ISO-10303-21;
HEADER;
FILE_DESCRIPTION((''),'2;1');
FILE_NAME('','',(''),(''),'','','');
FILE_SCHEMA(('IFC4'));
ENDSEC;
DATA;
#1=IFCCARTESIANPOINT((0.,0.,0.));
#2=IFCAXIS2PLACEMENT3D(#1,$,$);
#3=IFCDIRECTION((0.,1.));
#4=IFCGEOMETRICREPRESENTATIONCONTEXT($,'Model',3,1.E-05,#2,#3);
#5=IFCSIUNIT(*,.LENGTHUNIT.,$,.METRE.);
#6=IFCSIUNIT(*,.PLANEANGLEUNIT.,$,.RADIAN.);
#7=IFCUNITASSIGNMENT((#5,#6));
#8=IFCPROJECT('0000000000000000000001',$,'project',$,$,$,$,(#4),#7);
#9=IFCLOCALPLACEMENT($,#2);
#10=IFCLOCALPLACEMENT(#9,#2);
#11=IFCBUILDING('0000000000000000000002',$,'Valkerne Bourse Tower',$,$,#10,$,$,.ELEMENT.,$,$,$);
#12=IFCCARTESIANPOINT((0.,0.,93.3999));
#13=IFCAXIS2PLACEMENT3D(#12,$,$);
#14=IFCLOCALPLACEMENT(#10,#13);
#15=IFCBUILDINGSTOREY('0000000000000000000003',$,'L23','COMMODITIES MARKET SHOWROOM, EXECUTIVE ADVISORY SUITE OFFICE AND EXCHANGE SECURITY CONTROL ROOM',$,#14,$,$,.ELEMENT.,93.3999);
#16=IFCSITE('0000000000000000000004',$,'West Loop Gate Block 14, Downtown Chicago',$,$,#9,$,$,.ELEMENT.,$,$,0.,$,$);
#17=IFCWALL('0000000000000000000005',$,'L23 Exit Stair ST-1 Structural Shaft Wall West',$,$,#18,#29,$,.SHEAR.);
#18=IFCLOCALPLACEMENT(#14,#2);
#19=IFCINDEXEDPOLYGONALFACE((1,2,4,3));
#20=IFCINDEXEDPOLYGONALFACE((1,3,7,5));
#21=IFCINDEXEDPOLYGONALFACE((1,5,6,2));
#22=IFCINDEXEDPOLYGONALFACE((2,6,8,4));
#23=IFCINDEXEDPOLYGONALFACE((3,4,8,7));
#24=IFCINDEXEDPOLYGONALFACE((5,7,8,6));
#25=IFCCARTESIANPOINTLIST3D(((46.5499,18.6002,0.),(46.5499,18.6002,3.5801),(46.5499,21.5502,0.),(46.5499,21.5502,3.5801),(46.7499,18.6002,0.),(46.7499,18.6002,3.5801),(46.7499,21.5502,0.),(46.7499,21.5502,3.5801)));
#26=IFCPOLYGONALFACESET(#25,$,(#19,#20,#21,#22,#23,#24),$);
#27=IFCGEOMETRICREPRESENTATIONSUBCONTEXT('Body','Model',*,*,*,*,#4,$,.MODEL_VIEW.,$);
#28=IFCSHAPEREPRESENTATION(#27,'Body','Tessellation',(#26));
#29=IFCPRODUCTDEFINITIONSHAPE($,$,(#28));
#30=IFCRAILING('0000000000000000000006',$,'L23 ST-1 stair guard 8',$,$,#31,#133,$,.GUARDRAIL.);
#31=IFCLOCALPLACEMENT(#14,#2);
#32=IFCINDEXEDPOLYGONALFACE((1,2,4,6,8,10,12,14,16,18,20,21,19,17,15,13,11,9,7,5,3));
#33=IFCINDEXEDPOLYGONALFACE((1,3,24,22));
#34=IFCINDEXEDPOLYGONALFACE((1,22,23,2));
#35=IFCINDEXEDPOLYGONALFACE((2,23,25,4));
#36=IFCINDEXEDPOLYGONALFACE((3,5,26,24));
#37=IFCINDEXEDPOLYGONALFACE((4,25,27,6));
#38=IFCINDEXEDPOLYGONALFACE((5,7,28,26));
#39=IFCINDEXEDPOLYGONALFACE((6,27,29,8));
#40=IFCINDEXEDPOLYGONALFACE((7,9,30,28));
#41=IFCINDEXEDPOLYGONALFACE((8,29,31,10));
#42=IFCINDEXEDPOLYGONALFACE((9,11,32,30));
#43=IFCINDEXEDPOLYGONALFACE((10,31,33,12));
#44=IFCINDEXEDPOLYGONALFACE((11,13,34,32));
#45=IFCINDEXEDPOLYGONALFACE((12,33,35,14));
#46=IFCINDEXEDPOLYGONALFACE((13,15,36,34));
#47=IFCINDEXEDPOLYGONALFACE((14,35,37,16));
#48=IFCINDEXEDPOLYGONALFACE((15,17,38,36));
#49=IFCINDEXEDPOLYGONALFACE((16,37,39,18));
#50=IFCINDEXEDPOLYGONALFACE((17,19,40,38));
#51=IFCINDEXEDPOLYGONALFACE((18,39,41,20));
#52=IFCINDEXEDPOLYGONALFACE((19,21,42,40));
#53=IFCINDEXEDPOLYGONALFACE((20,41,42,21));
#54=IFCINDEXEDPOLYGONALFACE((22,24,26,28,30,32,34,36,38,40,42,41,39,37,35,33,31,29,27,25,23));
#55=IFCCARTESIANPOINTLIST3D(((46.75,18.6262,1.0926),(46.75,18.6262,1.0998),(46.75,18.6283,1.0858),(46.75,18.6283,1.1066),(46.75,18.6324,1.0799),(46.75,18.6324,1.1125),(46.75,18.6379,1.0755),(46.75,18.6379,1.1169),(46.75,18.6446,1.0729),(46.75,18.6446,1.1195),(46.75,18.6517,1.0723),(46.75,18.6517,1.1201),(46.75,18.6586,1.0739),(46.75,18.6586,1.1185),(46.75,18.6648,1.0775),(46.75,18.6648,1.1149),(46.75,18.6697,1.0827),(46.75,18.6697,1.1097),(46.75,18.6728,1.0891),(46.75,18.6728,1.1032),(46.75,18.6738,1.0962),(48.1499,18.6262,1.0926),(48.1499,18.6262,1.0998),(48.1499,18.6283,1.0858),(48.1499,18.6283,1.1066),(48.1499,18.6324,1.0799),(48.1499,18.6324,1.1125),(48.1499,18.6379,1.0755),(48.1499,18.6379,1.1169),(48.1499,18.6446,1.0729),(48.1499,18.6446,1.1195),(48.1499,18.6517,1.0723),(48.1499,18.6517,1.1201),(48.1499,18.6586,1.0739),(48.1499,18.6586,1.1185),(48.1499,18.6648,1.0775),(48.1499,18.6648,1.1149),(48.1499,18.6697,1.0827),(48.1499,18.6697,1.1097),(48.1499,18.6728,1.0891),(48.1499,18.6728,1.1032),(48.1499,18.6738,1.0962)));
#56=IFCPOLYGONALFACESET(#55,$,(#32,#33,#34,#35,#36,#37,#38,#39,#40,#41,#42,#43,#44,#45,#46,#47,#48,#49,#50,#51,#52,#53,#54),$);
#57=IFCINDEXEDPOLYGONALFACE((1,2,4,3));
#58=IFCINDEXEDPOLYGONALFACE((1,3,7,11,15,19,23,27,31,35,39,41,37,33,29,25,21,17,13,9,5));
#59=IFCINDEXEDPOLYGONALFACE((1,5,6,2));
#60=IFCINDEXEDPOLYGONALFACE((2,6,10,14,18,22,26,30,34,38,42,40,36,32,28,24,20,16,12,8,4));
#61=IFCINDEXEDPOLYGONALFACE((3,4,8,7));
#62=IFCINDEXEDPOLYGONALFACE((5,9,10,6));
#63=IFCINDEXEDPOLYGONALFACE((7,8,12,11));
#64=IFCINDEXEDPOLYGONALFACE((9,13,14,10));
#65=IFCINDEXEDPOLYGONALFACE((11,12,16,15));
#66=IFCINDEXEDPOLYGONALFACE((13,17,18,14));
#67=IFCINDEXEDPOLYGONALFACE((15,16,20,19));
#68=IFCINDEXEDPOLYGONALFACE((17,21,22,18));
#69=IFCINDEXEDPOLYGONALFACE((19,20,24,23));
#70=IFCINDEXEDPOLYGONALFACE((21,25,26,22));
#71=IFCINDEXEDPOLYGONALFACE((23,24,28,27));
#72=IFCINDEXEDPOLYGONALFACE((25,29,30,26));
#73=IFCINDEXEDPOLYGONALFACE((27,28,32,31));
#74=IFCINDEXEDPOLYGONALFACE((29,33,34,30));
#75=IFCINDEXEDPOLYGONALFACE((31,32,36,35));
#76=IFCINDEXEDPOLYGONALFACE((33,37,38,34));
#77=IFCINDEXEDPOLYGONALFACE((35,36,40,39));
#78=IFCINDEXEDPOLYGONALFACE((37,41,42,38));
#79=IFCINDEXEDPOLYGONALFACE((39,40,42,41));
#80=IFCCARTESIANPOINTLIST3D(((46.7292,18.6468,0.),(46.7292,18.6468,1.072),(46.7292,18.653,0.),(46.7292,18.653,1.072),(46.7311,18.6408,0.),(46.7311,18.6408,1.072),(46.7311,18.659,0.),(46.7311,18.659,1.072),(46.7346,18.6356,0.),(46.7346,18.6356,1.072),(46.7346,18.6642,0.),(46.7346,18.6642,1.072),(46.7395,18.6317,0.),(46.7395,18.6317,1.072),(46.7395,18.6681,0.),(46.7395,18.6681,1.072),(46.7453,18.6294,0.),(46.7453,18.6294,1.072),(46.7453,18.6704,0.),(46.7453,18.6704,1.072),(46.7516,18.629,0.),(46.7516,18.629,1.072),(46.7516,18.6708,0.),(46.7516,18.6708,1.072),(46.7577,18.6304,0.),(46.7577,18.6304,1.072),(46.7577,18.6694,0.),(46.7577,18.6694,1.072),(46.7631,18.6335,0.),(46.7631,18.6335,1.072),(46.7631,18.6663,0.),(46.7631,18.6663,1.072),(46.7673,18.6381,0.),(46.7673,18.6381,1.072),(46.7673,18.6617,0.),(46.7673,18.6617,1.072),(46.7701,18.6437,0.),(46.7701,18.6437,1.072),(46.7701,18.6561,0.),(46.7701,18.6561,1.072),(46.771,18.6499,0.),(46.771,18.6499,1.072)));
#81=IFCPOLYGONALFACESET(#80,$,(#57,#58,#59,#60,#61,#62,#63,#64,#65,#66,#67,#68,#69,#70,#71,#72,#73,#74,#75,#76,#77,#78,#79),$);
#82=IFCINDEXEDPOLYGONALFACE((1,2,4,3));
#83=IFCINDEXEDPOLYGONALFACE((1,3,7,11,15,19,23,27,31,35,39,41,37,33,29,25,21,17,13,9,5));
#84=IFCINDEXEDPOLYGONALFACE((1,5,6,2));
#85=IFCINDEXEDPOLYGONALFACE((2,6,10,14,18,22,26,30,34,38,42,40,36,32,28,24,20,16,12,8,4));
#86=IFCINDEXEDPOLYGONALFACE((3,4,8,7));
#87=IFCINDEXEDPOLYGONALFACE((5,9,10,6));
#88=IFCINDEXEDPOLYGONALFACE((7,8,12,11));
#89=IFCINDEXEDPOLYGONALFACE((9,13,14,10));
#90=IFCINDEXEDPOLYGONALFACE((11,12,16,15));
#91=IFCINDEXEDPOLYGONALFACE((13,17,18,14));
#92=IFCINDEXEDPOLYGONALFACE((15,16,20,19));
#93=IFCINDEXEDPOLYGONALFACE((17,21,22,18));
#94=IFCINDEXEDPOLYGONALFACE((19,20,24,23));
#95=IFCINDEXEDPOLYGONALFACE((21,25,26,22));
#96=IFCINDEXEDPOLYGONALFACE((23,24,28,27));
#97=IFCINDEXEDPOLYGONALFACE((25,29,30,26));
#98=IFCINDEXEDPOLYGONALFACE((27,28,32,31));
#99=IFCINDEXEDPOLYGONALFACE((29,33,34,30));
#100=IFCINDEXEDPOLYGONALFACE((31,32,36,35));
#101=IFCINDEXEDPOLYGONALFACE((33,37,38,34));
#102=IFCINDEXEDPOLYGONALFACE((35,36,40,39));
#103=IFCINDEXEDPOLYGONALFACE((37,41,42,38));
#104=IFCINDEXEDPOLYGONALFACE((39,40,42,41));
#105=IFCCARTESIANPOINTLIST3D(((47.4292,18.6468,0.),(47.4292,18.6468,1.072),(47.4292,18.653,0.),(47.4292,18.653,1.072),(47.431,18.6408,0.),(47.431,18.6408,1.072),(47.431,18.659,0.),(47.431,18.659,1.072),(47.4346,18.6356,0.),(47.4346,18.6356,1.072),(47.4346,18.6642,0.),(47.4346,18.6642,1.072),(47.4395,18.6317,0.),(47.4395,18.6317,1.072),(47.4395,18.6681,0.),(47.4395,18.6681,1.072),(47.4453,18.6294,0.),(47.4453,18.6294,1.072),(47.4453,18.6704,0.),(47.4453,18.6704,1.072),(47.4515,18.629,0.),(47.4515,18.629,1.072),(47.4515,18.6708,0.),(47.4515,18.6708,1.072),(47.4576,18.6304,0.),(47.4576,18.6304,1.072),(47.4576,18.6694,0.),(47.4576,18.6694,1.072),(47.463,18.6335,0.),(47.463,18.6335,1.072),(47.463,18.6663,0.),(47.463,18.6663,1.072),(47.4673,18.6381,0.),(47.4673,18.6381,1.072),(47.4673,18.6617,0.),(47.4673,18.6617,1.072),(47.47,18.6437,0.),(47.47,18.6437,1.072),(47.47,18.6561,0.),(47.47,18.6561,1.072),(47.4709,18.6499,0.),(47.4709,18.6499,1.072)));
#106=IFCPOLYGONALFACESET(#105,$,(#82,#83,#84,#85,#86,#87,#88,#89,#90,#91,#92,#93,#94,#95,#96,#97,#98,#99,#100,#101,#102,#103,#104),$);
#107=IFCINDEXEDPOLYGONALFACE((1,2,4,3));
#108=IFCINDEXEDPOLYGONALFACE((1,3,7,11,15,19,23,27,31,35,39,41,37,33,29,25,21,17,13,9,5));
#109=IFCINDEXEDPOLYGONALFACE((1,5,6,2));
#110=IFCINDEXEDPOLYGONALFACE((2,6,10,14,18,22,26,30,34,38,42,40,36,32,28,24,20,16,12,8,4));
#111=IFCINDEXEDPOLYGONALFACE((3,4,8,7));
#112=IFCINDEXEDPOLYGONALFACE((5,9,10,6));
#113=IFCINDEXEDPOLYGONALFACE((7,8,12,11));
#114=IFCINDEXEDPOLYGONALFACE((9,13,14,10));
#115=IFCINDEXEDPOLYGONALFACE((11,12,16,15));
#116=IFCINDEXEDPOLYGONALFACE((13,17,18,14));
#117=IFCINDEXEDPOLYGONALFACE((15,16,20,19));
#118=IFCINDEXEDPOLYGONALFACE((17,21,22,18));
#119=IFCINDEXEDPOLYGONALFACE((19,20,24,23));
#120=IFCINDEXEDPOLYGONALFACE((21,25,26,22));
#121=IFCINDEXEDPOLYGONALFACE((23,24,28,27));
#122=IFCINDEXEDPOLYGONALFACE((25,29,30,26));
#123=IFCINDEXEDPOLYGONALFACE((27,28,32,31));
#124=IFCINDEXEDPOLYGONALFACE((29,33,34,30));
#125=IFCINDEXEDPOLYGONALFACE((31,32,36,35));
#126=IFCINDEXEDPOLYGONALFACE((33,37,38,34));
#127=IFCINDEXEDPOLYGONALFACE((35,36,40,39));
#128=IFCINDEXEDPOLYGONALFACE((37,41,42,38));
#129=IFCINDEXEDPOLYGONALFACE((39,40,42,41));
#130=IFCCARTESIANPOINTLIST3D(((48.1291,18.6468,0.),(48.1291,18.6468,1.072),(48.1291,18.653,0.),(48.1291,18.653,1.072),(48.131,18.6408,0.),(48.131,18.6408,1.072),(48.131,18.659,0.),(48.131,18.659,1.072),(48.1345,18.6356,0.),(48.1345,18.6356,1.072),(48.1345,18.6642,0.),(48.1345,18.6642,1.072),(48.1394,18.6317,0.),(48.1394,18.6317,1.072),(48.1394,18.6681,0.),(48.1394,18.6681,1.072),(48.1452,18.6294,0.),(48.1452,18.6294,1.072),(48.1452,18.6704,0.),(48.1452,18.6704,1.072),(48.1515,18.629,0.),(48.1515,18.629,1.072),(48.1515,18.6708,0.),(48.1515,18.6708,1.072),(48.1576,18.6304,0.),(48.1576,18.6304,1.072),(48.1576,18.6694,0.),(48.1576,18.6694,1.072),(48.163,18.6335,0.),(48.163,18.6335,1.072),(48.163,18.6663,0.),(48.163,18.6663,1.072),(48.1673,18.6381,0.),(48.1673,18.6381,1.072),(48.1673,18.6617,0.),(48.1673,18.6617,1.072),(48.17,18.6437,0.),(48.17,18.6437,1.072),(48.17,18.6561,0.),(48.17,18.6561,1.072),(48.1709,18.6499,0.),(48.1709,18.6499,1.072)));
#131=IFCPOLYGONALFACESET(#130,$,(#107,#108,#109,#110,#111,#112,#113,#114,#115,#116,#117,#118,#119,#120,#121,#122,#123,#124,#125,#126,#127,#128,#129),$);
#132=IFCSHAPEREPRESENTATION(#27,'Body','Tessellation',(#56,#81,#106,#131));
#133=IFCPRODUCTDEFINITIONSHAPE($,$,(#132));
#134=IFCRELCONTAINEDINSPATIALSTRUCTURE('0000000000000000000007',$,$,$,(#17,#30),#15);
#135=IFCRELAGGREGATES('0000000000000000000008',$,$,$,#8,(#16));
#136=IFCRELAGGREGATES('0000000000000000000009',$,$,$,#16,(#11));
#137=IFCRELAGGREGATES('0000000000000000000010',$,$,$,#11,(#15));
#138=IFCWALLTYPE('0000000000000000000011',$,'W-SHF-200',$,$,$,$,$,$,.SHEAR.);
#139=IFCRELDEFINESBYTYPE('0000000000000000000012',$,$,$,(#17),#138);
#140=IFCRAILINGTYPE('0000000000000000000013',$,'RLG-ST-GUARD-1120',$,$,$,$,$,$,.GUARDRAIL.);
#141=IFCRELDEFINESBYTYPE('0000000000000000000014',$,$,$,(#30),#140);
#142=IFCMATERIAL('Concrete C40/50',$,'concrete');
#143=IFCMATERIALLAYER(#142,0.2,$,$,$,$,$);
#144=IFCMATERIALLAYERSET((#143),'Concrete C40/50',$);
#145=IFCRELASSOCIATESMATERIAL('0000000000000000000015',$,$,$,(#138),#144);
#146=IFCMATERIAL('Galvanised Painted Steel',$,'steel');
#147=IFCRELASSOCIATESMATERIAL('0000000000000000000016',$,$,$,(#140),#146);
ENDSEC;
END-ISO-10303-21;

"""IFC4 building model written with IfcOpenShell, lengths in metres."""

from ifc_helpers import new_model, si_unit, direction, frame, frame_2d, origin, origin_2d, place, context, subcontext, project, spatial, rectangle, circle, extrude, material, layer, layer_set, type_object, element, save


model = new_model("IFC4")

# Units and contexts
model_context = context("Model", 3, precision=1e-05, world=origin(), true_north=direction((0.0, 1.0)))
body_context = subcontext(model_context, "Body", "Model", "MODEL_VIEW")
ifc_project = project(units=[si_unit("LENGTHUNIT", "METRE"), si_unit("PLANEANGLEUNIT", "RADIAN")], contexts=[model_context])

# Site, building, storey
site_placement = place(None, origin())
site = spatial("IfcSite", under=ifc_project, at=site_placement, Name="West Loop Gate Block 14, Downtown Chicago", CompositionType="ELEMENT", RefElevation=0.0)
building_placement = place(site_placement, origin())
building = spatial("IfcBuilding", under=site, at=building_placement, Name="Valkerne Bourse Tower", CompositionType="ELEMENT")
storey_placement = place(building_placement, frame((0.0, 0.0, 93.3999)))
storey = spatial("IfcBuildingStorey", under=building, at=storey_placement, Name="L23", Description="COMMODITIES MARKET SHOWROOM, EXECUTIVE ADVISORY SUITE OFFICE AND EXCHANGE SECURITY CONTROL ROOM", CompositionType="ELEMENT", Elevation=93.3999)

# Shared definitions
ifc_material_1 = material(Name="Galvanised Painted Steel", Category="steel")

# Shared definitions
ifc_material_2 = material(Name="Concrete C40/50", Category="concrete")
ifc_layer_1 = layer(ifc_material_2, 0.2)
ifc_layer_set_1 = layer_set([ifc_layer_1], Name="Concrete C40/50")
wall_type_1 = type_object("IfcWallType", Name="W-SHF-200", PredefinedType="SHEAR", material=ifc_layer_set_1)

# Wall
wall_1_placement = place(storey_placement, frame((46.6499, 18.6001, 0.0), z_axis=(0.0, 0.0, 1.0), x_axis=(0.0, 1.0, 0.0)))
element("IfcWall", 1, at=wall_1_placement, inside=storey, type_object=wall_type_1, Name="L23 Exit Stair ST-1 Structural Shaft Wall West", PredefinedType="SHEAR", context=body_context, shape_type="SweptSolid", body=[
    extrude(rectangle(XDim=2.95, YDim=0.2, at=frame_2d((1.4751, 0.0))), origin(), (0.0, 0.0, 1.0), 3.5801),
])

# Railing
railing_type = type_object("IfcRailingType", Name="RLG-ST-GUARD-1120", PredefinedType="GUARDRAIL", material=ifc_material_1)
for number, where, name in (
    (2, (46.75, 18.6499, 0.0), "L23 ST-1 stair guard 8"),
):
    element("IfcRailing", number, at=place(storey_placement, frame(where)), inside=storey, type_object=railing_type, Name=name, PredefinedType="GUARDRAIL", context=body_context, shape_type="SweptSolid", body=[
        extrude(circle(Radius=0.0239, at=origin_2d()), frame((0.0, 0.0, 1.0962), z_axis=(1.0, 0.0, 0.0), x_axis=(0.0, 1.0, 0.0)), (0.0, 0.0, 1.0), 1.3999),
        extrude(circle(Radius=0.021, at=origin_2d()), origin(), (0.0, 0.0, 1.0), 1.072),
        extrude(circle(Radius=0.021, at=origin_2d()), frame((0.7, 0.0, 0.0)), (0.0, 0.0, 1.0), 1.072),
        extrude(circle(Radius=0.021, at=origin_2d()), frame((1.3999, 0.0, 0.0)), (0.0, 0.0, 1.0), 1.072),
    ])

save(model, "model.ifc")
